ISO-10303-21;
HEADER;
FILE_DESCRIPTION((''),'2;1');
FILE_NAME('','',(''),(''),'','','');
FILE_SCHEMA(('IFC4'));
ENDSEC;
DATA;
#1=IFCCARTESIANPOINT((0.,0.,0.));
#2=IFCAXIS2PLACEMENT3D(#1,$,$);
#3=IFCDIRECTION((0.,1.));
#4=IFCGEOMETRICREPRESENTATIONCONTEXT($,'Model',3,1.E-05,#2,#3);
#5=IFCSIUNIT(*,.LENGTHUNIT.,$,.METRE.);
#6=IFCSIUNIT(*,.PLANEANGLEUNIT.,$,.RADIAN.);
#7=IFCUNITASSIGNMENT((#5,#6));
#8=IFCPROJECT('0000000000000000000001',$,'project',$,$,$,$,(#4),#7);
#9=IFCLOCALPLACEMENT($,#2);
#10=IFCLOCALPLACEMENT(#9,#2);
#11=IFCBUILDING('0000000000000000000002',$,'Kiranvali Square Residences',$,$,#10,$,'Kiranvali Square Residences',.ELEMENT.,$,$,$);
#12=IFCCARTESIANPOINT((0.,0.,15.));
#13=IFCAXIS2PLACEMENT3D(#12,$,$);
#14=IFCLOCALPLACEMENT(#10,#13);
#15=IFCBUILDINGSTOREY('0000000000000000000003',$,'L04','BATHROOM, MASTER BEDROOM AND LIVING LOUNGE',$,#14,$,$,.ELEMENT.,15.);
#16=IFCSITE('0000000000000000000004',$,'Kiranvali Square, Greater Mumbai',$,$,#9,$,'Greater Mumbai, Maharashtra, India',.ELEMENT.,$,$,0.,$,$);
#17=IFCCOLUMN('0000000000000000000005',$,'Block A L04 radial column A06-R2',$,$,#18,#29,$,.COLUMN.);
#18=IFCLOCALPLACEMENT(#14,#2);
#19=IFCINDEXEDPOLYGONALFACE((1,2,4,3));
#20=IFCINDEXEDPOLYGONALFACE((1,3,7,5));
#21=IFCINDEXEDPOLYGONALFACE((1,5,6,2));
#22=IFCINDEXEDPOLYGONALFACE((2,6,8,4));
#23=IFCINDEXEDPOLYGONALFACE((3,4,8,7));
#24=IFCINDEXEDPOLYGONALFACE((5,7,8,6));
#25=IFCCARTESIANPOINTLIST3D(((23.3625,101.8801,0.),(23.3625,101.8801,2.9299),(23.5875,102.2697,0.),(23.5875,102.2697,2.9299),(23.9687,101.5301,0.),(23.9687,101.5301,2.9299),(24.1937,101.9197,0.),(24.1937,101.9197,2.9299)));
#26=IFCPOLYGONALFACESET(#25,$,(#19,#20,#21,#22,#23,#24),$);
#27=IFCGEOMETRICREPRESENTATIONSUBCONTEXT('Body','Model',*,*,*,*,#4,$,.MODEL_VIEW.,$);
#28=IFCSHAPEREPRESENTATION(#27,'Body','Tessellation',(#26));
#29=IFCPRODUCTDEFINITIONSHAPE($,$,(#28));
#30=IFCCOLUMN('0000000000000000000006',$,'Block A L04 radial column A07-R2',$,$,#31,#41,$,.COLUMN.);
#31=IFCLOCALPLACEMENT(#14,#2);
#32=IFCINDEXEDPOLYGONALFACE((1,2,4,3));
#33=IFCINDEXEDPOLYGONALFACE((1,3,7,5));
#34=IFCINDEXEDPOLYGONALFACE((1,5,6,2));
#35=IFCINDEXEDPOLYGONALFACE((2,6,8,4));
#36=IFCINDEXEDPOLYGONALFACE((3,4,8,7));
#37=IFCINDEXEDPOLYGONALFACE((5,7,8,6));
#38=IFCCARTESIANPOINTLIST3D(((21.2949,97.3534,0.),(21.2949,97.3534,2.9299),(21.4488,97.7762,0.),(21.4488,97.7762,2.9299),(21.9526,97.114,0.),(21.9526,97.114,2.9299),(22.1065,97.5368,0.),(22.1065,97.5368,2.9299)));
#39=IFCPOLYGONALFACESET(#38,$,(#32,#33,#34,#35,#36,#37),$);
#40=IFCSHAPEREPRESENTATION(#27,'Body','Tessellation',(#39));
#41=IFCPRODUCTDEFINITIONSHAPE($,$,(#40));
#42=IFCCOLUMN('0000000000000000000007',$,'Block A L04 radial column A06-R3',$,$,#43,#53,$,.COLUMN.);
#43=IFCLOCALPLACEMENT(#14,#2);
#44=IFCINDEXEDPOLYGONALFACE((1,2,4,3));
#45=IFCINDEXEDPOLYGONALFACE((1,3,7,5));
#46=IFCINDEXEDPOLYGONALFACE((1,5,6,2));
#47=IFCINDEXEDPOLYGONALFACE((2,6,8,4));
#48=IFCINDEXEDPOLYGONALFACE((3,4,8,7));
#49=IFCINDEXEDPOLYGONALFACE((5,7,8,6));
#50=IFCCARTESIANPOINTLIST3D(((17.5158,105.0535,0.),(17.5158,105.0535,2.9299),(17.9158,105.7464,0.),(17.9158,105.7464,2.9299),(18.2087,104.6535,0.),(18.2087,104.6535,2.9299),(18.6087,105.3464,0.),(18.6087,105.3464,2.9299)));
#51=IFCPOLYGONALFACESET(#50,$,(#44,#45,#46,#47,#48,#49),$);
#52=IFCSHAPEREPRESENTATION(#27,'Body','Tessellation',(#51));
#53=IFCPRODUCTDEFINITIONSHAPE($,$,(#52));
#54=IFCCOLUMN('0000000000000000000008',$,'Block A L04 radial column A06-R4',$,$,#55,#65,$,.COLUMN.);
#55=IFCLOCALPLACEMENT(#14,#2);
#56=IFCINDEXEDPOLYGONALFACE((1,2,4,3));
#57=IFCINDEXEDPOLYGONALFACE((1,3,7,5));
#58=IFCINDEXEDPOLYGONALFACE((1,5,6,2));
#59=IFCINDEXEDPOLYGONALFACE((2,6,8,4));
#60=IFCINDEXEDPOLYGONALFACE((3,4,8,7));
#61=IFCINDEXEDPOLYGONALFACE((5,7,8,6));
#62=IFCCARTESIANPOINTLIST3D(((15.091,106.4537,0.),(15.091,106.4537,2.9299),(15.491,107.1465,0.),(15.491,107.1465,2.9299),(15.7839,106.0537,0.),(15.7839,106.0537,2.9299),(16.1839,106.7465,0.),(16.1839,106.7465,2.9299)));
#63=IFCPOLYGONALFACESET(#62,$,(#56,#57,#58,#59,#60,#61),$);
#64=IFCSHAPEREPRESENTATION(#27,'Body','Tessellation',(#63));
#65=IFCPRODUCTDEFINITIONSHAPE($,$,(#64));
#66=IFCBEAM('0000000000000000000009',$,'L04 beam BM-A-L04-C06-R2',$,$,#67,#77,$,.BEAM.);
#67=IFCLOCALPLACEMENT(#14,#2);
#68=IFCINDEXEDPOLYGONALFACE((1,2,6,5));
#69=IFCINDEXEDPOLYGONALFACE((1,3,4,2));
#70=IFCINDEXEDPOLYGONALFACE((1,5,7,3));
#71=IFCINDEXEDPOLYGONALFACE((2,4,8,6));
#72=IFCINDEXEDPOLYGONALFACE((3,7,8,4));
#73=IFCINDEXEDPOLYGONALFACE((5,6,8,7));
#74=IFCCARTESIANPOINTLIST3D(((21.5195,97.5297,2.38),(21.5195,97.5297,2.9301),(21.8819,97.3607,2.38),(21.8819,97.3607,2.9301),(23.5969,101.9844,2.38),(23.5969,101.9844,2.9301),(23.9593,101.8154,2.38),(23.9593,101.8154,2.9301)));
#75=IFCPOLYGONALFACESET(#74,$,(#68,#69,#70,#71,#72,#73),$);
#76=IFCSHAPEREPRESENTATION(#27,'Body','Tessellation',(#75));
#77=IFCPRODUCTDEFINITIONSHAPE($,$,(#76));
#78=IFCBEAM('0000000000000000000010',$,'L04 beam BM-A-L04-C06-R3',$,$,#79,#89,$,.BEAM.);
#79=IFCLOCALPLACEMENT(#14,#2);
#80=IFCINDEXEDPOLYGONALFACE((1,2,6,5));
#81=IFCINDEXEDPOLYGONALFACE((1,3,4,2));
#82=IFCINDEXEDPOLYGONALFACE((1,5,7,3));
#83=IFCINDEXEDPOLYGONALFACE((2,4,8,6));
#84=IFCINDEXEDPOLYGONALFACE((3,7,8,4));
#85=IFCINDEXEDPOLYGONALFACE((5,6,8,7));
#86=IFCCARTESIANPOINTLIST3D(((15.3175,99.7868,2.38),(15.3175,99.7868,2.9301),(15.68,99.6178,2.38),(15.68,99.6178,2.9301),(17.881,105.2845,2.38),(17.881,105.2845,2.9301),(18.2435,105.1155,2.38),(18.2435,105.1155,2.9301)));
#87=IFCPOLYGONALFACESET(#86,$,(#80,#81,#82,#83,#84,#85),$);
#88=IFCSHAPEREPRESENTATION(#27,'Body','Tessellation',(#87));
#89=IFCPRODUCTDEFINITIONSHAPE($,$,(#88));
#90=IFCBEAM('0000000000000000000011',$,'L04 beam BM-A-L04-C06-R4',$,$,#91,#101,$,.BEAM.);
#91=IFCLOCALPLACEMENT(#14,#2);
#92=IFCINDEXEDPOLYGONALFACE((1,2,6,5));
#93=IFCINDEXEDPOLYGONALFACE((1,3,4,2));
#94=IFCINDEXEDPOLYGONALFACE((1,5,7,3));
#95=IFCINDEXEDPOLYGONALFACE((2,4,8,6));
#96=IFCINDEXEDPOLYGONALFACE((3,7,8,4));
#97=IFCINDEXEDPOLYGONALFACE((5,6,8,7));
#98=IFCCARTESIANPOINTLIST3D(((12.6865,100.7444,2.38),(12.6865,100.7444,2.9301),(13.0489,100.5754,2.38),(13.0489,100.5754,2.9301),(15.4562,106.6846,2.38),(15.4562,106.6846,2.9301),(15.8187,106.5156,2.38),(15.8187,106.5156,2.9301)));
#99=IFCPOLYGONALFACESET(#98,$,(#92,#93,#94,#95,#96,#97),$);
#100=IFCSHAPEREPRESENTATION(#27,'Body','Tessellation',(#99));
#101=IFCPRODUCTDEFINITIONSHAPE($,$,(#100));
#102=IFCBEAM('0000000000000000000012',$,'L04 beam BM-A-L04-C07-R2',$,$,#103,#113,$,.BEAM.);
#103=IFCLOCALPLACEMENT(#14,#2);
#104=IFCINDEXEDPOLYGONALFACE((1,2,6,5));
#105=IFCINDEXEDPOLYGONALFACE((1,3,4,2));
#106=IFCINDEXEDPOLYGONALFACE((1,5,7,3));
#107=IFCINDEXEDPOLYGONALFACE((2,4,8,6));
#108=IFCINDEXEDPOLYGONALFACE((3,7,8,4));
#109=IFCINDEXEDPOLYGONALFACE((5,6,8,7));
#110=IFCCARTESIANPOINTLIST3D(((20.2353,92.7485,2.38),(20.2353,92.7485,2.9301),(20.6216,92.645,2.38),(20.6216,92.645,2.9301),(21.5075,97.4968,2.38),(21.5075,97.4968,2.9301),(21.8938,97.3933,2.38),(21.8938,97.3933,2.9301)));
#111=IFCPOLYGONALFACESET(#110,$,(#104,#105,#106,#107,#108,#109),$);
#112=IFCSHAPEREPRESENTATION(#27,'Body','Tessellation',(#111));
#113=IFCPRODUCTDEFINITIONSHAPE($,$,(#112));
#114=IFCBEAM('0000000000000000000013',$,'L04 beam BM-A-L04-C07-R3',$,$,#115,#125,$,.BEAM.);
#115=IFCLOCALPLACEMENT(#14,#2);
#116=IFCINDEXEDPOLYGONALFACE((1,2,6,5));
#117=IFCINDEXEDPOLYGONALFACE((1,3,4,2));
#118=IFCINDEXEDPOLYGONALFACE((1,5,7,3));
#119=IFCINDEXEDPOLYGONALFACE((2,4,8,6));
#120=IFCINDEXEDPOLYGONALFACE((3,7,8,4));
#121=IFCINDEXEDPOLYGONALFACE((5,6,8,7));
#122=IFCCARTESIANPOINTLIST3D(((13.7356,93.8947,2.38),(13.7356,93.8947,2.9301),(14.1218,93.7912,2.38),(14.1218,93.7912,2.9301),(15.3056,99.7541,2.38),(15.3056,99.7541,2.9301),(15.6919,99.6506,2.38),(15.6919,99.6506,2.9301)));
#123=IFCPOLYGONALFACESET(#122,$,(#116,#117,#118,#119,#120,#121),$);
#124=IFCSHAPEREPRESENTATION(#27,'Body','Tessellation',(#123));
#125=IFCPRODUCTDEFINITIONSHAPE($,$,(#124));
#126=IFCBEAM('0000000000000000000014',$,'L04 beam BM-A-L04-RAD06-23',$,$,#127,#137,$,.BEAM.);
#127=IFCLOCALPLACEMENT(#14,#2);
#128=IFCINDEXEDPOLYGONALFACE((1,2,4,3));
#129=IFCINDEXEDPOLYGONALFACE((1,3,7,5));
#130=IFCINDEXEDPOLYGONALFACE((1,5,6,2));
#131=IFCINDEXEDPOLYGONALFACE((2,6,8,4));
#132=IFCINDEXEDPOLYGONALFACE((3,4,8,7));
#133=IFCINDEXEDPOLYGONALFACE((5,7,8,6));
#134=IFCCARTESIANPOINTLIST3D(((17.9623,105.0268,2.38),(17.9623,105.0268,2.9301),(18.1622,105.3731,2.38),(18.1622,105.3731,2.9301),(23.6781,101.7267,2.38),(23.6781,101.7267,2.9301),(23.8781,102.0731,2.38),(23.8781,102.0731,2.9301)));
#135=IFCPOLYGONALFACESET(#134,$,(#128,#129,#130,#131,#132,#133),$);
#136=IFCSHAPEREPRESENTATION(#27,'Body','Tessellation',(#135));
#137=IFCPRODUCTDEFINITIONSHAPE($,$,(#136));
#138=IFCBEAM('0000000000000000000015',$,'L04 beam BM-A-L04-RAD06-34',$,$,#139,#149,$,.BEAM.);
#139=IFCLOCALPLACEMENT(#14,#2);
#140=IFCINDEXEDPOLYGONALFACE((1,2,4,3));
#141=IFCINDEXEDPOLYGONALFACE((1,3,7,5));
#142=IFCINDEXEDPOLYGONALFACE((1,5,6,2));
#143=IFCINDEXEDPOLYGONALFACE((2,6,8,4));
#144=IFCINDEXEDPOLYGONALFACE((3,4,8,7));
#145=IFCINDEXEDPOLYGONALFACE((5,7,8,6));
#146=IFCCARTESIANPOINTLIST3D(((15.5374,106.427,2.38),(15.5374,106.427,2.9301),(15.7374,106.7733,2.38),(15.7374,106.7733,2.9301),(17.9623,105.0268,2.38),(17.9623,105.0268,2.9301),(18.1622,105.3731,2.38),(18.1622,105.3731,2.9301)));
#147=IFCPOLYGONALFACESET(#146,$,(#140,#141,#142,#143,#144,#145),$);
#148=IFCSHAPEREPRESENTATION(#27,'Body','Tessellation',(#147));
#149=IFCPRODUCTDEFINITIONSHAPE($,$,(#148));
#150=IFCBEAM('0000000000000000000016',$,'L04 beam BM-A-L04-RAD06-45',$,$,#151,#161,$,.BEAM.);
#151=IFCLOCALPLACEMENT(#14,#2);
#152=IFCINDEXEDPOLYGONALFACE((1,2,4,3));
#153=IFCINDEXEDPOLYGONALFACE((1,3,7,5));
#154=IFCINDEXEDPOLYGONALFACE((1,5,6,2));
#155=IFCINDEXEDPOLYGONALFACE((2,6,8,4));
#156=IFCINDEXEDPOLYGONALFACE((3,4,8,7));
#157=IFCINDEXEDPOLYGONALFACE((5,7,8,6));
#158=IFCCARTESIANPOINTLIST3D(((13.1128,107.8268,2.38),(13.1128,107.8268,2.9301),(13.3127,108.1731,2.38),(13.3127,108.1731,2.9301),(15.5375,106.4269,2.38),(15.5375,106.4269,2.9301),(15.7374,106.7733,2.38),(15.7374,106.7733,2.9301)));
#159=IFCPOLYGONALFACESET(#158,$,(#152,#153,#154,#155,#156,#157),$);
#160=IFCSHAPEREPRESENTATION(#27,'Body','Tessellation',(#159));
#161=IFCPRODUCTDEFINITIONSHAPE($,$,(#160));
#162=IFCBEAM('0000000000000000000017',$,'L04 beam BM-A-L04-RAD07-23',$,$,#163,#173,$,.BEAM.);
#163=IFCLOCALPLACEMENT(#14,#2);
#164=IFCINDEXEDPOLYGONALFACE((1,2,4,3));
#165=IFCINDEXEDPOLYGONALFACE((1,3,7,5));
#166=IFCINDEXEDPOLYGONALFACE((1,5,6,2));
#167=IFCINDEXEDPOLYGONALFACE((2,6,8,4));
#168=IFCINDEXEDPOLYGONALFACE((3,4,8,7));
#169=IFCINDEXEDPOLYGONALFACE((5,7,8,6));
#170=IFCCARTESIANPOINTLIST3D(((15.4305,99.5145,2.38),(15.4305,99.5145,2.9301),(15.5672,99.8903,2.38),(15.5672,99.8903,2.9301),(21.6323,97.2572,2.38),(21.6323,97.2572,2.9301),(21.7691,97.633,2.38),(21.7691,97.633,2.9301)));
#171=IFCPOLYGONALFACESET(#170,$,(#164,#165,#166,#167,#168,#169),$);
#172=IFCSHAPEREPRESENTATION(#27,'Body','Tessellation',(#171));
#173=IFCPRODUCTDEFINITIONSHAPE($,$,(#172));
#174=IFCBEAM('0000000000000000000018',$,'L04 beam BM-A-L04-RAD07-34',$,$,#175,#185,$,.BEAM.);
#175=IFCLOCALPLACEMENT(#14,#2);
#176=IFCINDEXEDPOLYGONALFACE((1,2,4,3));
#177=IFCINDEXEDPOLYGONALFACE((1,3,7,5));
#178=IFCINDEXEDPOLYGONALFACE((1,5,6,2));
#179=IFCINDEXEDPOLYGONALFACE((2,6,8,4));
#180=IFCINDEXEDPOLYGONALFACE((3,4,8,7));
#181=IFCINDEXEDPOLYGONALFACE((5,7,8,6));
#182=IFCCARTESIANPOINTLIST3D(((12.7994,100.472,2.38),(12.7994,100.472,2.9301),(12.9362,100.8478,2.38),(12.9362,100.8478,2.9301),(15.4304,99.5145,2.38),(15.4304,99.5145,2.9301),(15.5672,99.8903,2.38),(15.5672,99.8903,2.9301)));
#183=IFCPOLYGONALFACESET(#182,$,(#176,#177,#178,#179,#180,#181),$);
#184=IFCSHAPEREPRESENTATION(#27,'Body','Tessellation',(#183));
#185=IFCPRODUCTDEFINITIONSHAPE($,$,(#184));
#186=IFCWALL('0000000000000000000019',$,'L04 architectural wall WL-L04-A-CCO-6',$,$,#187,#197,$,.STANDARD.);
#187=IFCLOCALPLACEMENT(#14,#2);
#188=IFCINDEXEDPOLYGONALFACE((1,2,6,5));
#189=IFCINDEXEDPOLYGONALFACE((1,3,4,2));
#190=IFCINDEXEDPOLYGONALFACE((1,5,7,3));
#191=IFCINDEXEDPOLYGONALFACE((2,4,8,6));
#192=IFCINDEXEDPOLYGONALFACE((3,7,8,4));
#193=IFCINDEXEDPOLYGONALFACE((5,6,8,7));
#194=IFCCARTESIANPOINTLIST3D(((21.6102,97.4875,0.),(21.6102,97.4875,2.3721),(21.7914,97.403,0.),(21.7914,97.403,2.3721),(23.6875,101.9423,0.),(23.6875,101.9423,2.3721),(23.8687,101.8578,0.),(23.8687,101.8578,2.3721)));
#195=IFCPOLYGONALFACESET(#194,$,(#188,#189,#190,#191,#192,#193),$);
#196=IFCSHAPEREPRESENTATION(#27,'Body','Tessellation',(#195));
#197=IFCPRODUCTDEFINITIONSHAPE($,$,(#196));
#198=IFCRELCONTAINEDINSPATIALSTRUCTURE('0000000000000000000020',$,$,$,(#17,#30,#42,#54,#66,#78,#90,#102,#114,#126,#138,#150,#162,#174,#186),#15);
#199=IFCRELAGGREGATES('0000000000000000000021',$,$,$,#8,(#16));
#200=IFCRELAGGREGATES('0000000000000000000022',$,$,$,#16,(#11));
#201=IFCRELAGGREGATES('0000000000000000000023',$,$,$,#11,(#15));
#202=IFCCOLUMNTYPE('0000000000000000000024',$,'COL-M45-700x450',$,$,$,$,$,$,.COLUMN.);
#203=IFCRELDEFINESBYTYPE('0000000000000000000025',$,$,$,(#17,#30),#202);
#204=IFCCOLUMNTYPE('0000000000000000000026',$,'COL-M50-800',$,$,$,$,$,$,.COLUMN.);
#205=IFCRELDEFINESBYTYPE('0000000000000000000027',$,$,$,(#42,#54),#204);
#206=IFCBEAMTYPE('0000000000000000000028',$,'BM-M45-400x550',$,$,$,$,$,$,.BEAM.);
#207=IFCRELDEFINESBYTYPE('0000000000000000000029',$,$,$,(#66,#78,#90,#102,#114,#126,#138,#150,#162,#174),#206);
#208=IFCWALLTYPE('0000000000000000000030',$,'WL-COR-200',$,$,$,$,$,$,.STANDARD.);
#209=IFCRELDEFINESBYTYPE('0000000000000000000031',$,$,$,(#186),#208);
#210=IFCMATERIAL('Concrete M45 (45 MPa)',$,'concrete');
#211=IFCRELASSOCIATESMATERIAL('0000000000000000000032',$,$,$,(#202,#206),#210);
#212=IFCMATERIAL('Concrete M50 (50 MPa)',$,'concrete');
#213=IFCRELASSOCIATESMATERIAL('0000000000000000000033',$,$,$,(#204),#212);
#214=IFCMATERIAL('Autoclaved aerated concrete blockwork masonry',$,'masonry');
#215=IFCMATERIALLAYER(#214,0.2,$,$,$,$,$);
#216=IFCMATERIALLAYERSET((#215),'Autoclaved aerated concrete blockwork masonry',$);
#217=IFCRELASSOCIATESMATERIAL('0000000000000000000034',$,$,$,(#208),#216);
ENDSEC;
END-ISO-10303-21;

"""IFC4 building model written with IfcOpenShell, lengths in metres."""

from ifc_helpers import new_model, si_unit, direction, frame, frame_2d, origin, origin_2d, place, context, subcontext, project, spatial, rectangle, extrude, material, layer, layer_set, material_profile, profile_set, type_object, element, save


model = new_model("IFC4")

# Units and contexts
model_context = context("Model", 3, precision=1e-05, world=origin(), true_north=direction((0.0, 1.0)))
body_context = subcontext(model_context, "Body", "Model", "MODEL_VIEW")
ifc_project = project(units=[si_unit("LENGTHUNIT", "METRE"), si_unit("PLANEANGLEUNIT", "RADIAN")], contexts=[model_context])

# Site, building, storey
site_placement = place(None, origin())
site = spatial("IfcSite", under=ifc_project, at=site_placement, Name="Kiranvali Square, Greater Mumbai", LongName="Greater Mumbai, Maharashtra, India", CompositionType="ELEMENT", RefElevation=0.0)
building_placement = place(site_placement, origin())
building = spatial("IfcBuilding", under=site, at=building_placement, Name="Kiranvali Square Residences", LongName="Kiranvali Square Residences", CompositionType="ELEMENT")
storey_placement = place(building_placement, frame((0.0, 0.0, 15.0)))
storey = spatial("IfcBuildingStorey", under=building, at=storey_placement, Name="L04", Description="BATHROOM, MASTER BEDROOM AND LIVING LOUNGE", CompositionType="ELEMENT", Elevation=15.0)

# Columns
ifc_material_1 = material(Name="Concrete M45 (45 MPa)", Category="concrete")
ifc_material_profile_1 = material_profile(ifc_material_1, rectangle(XDim=0.45, YDim=0.7, at=origin_2d()), Name="RC 700x450")
ifc_profile_set_1 = profile_set([ifc_material_profile_1], Name="Concrete M45 (45 MPa)")
column_type_1 = type_object("IfcColumnType", Name="COL-M45-700x450", PredefinedType="COLUMN", material=ifc_profile_set_1)
for number, where, z_axis, x_axis, name in (
    (1, (23.7781, 101.8999, 0.0), (0.0, 0.0, 1.0), (0.5, 0.866025, 0.0), "Block A L04 radial column A06-R2"),
    (2, (21.7007, 97.4451, 0.0), (0.0, 0.0, 1.0), (0.34202, 0.939693, 0.0), "Block A L04 radial column A07-R2"),
):
    element("IfcColumn", number, at=place(storey_placement, frame(where, z_axis=z_axis, x_axis=x_axis)), inside=storey, type_object=column_type_1, Name=name, PredefinedType="COLUMN", context=body_context, shape_type="SweptSolid", body=[
        extrude(rectangle(XDim=0.45, YDim=0.7, at=origin_2d()), origin(), (0.0, 0.0, 1.0), 2.9299),
    ])
ifc_material_2 = material(Name="Concrete M50 (50 MPa)", Category="concrete")
ifc_material_profile_2 = material_profile(ifc_material_2, rectangle(XDim=0.8, YDim=0.8, at=origin_2d()), Name="RC 800x800")
ifc_profile_set_2 = profile_set([ifc_material_profile_2], Name="Concrete M50 (50 MPa)")
column_type_2 = type_object("IfcColumnType", Name="COL-M50-800", PredefinedType="COLUMN", material=ifc_profile_set_2)
for number, where, z_axis, x_axis, name in (
    (3, (18.0623, 105.2, 0.0), (0.0, 0.0, 1.0), (0.5, 0.866025, 0.0), "Block A L04 radial column A06-R3"),
    (4, (15.6375, 106.6001, 0.0), (0.0, 0.0, 1.0), (0.5, 0.866025, 0.0), "Block A L04 radial column A06-R4"),
):
    element("IfcColumn", number, at=place(storey_placement, frame(where, z_axis=z_axis, x_axis=x_axis)), inside=storey, type_object=column_type_2, Name=name, PredefinedType="COLUMN", context=body_context, shape_type="SweptSolid", body=[
        extrude(rectangle(XDim=0.8, YDim=0.8, at=origin_2d()), origin(), (0.0, 0.0, 1.0), 2.9299),
    ])

# Beams
ifc_material_profile_3 = material_profile(ifc_material_1, rectangle(XDim=0.3999, YDim=0.55, at=origin_2d()), Name="RC 400x550")
ifc_profile_set_3 = profile_set([ifc_material_profile_3], Name="Concrete M45 (45 MPa)")
beam_type = type_object("IfcBeamType", Name="BM-M45-400x550", PredefinedType="BEAM", material=ifc_profile_set_3)
beam_1_placement = place(storey_placement, frame((23.7781, 101.8999, 2.655), z_axis=(-0.42263, -0.906302, 0.0), x_axis=(0.906302, -0.42263, 0.0)))
element("IfcBeam", 5, at=beam_1_placement, inside=storey, type_object=beam_type, Name="L04 beam BM-A-L04-C06-R2", PredefinedType="BEAM", context=body_context, shape_type="SweptSolid", body=[
    extrude(rectangle(XDim=0.3999, YDim=0.55, at=origin_2d()), origin(), (0.0, 0.0, 1.0), 4.9153),
])
beam_2_placement = place(storey_placement, frame((18.0623, 105.2, 2.655), z_axis=(-0.422608, -0.906313, 0.0), x_axis=(0.906313, -0.422608, 0.0)))
element("IfcBeam", 6, at=beam_2_placement, inside=storey, type_object=beam_type, Name="L04 beam BM-A-L04-C06-R3", PredefinedType="BEAM", context=body_context, shape_type="SweptSolid", body=[
    extrude(rectangle(XDim=0.3999, YDim=0.55, at=origin_2d()), origin(), (0.0, 0.0, 1.0), 6.0659),
])
beam_3_placement = place(storey_placement, frame((15.6375, 106.6001, 2.655), z_axis=(-0.422596, -0.906318, 0.0), x_axis=(0.906318, -0.422596, 0.0)))
element("IfcBeam", 7, at=beam_3_placement, inside=storey, type_object=beam_type, Name="L04 beam BM-A-L04-C06-R4", PredefinedType="BEAM", context=body_context, shape_type="SweptSolid", body=[
    extrude(rectangle(XDim=0.3999, YDim=0.55, at=origin_2d()), origin(), (0.0, 0.0, 1.0), 6.5542),
])
beam_4_placement = place(storey_placement, frame((21.7007, 97.4451, 2.655), z_axis=(-0.258803, -0.96593, 0.0), x_axis=(0.96593, -0.258803, 0.0)))
element("IfcBeam", 8, at=beam_4_placement, inside=storey, type_object=beam_type, Name="L04 beam BM-A-L04-C07-R2", PredefinedType="BEAM", context=body_context, shape_type="SweptSolid", body=[
    extrude(rectangle(XDim=0.3999, YDim=0.55, at=origin_2d()), origin(), (0.0, 0.0, 1.0), 4.9158),
])
beam_5_placement = place(storey_placement, frame((15.4988, 99.7024, 2.655), z_axis=(-0.258827, -0.965924, 0.0), x_axis=(0.965924, -0.258827, 0.0)))
element("IfcBeam", 9, at=beam_5_placement, inside=storey, type_object=beam_type, Name="L04 beam BM-A-L04-C07-R3", PredefinedType="BEAM", context=body_context, shape_type="SweptSolid", body=[
    extrude(rectangle(XDim=0.3999, YDim=0.55, at=origin_2d()), origin(), (0.0, 0.0, 1.0), 6.0662),
])
beam_6_placement = place(storey_placement, frame((23.7781, 101.8999, 2.655), z_axis=(-0.866024, 0.500002, 0.0), x_axis=(-0.500002, -0.866024, 0.0)))
element("IfcBeam", 10, at=beam_6_placement, inside=storey, type_object=beam_type, Name="L04 beam BM-A-L04-RAD06-23", PredefinedType="BEAM", context=body_context, shape_type="SweptSolid", body=[
    extrude(rectangle(XDim=0.3999, YDim=0.55, at=origin_2d()), origin(), (0.0, 0.0, 1.0), 6.6001),
])
beam_7_placement = place(storey_placement, frame((18.0623, 105.2, 2.655), z_axis=(-0.865997, 0.50005, 0.0), x_axis=(-0.50005, -0.865997, 0.0)))
element("IfcBeam", 11, at=beam_7_placement, inside=storey, type_object=beam_type, Name="L04 beam BM-A-L04-RAD06-34", PredefinedType="BEAM", context=body_context, shape_type="SweptSolid", body=[
    extrude(rectangle(XDim=0.3999, YDim=0.55, at=origin_2d()), origin(), (0.0, 0.0, 1.0), 2.8),
])
beam_8_placement = place(storey_placement, frame((15.6375, 106.6001, 2.655), z_axis=(-0.866035, 0.499984, 0.0), x_axis=(-0.499984, -0.866035, 0.0)))
element("IfcBeam", 12, at=beam_8_placement, inside=storey, type_object=beam_type, Name="L04 beam BM-A-L04-RAD06-45", PredefinedType="BEAM", context=body_context, shape_type="SweptSolid", body=[
    extrude(rectangle(XDim=0.3999, YDim=0.55, at=origin_2d()), origin(), (0.0, 0.0, 1.0), 2.7998),
])
beam_9_placement = place(storey_placement, frame((21.7007, 97.4451, 2.655), z_axis=(-0.939692, 0.342022, 0.0), x_axis=(-0.342022, -0.939692, 0.0)))
element("IfcBeam", 13, at=beam_9_placement, inside=storey, type_object=beam_type, Name="L04 beam BM-A-L04-RAD07-23", PredefinedType="BEAM", context=body_context, shape_type="SweptSolid", body=[
    extrude(rectangle(XDim=0.3999, YDim=0.55, at=origin_2d()), origin(), (0.0, 0.0, 1.0), 6.5999),
])
beam_10_placement = place(storey_placement, frame((15.4988, 99.7024, 2.655), z_axis=(-0.939707, 0.341981, 0.0), x_axis=(-0.341981, -0.939707, 0.0)))
element("IfcBeam", 14, at=beam_10_placement, inside=storey, type_object=beam_type, Name="L04 beam BM-A-L04-RAD07-34", PredefinedType="BEAM", context=body_context, shape_type="SweptSolid", body=[
    extrude(rectangle(XDim=0.3999, YDim=0.55, at=origin_2d()), origin(), (0.0, 0.0, 1.0), 2.7998),
])

# Wall
ifc_material_3 = material(Name="Autoclaved aerated concrete blockwork masonry", Category="masonry")
ifc_layer_1 = layer(ifc_material_3, 0.2)
ifc_layer_set_1 = layer_set([ifc_layer_1], Name="Autoclaved aerated concrete blockwork masonry")
wall_type_1 = type_object("IfcWallType", Name="WL-COR-200", PredefinedType="STANDARD", material=ifc_layer_set_1)
wall_1_placement = place(storey_placement, frame((23.7781, 101.8999, 0.0), z_axis=(0.0, 0.0, 1.0), x_axis=(-0.42263, -0.906302, 0.0)))
element("IfcWall", 15, at=wall_1_placement, inside=storey, type_object=wall_type_1, Name="L04 architectural wall WL-L04-A-CCO-6", PredefinedType="STANDARD", context=body_context, shape_type="SweptSolid", body=[
    extrude(rectangle(XDim=4.9153, YDim=0.2, at=frame_2d((2.4575, 0.0))), origin(), (0.0, 0.0, 1.0), 2.3721),
])

save(model, "model.ifc")
